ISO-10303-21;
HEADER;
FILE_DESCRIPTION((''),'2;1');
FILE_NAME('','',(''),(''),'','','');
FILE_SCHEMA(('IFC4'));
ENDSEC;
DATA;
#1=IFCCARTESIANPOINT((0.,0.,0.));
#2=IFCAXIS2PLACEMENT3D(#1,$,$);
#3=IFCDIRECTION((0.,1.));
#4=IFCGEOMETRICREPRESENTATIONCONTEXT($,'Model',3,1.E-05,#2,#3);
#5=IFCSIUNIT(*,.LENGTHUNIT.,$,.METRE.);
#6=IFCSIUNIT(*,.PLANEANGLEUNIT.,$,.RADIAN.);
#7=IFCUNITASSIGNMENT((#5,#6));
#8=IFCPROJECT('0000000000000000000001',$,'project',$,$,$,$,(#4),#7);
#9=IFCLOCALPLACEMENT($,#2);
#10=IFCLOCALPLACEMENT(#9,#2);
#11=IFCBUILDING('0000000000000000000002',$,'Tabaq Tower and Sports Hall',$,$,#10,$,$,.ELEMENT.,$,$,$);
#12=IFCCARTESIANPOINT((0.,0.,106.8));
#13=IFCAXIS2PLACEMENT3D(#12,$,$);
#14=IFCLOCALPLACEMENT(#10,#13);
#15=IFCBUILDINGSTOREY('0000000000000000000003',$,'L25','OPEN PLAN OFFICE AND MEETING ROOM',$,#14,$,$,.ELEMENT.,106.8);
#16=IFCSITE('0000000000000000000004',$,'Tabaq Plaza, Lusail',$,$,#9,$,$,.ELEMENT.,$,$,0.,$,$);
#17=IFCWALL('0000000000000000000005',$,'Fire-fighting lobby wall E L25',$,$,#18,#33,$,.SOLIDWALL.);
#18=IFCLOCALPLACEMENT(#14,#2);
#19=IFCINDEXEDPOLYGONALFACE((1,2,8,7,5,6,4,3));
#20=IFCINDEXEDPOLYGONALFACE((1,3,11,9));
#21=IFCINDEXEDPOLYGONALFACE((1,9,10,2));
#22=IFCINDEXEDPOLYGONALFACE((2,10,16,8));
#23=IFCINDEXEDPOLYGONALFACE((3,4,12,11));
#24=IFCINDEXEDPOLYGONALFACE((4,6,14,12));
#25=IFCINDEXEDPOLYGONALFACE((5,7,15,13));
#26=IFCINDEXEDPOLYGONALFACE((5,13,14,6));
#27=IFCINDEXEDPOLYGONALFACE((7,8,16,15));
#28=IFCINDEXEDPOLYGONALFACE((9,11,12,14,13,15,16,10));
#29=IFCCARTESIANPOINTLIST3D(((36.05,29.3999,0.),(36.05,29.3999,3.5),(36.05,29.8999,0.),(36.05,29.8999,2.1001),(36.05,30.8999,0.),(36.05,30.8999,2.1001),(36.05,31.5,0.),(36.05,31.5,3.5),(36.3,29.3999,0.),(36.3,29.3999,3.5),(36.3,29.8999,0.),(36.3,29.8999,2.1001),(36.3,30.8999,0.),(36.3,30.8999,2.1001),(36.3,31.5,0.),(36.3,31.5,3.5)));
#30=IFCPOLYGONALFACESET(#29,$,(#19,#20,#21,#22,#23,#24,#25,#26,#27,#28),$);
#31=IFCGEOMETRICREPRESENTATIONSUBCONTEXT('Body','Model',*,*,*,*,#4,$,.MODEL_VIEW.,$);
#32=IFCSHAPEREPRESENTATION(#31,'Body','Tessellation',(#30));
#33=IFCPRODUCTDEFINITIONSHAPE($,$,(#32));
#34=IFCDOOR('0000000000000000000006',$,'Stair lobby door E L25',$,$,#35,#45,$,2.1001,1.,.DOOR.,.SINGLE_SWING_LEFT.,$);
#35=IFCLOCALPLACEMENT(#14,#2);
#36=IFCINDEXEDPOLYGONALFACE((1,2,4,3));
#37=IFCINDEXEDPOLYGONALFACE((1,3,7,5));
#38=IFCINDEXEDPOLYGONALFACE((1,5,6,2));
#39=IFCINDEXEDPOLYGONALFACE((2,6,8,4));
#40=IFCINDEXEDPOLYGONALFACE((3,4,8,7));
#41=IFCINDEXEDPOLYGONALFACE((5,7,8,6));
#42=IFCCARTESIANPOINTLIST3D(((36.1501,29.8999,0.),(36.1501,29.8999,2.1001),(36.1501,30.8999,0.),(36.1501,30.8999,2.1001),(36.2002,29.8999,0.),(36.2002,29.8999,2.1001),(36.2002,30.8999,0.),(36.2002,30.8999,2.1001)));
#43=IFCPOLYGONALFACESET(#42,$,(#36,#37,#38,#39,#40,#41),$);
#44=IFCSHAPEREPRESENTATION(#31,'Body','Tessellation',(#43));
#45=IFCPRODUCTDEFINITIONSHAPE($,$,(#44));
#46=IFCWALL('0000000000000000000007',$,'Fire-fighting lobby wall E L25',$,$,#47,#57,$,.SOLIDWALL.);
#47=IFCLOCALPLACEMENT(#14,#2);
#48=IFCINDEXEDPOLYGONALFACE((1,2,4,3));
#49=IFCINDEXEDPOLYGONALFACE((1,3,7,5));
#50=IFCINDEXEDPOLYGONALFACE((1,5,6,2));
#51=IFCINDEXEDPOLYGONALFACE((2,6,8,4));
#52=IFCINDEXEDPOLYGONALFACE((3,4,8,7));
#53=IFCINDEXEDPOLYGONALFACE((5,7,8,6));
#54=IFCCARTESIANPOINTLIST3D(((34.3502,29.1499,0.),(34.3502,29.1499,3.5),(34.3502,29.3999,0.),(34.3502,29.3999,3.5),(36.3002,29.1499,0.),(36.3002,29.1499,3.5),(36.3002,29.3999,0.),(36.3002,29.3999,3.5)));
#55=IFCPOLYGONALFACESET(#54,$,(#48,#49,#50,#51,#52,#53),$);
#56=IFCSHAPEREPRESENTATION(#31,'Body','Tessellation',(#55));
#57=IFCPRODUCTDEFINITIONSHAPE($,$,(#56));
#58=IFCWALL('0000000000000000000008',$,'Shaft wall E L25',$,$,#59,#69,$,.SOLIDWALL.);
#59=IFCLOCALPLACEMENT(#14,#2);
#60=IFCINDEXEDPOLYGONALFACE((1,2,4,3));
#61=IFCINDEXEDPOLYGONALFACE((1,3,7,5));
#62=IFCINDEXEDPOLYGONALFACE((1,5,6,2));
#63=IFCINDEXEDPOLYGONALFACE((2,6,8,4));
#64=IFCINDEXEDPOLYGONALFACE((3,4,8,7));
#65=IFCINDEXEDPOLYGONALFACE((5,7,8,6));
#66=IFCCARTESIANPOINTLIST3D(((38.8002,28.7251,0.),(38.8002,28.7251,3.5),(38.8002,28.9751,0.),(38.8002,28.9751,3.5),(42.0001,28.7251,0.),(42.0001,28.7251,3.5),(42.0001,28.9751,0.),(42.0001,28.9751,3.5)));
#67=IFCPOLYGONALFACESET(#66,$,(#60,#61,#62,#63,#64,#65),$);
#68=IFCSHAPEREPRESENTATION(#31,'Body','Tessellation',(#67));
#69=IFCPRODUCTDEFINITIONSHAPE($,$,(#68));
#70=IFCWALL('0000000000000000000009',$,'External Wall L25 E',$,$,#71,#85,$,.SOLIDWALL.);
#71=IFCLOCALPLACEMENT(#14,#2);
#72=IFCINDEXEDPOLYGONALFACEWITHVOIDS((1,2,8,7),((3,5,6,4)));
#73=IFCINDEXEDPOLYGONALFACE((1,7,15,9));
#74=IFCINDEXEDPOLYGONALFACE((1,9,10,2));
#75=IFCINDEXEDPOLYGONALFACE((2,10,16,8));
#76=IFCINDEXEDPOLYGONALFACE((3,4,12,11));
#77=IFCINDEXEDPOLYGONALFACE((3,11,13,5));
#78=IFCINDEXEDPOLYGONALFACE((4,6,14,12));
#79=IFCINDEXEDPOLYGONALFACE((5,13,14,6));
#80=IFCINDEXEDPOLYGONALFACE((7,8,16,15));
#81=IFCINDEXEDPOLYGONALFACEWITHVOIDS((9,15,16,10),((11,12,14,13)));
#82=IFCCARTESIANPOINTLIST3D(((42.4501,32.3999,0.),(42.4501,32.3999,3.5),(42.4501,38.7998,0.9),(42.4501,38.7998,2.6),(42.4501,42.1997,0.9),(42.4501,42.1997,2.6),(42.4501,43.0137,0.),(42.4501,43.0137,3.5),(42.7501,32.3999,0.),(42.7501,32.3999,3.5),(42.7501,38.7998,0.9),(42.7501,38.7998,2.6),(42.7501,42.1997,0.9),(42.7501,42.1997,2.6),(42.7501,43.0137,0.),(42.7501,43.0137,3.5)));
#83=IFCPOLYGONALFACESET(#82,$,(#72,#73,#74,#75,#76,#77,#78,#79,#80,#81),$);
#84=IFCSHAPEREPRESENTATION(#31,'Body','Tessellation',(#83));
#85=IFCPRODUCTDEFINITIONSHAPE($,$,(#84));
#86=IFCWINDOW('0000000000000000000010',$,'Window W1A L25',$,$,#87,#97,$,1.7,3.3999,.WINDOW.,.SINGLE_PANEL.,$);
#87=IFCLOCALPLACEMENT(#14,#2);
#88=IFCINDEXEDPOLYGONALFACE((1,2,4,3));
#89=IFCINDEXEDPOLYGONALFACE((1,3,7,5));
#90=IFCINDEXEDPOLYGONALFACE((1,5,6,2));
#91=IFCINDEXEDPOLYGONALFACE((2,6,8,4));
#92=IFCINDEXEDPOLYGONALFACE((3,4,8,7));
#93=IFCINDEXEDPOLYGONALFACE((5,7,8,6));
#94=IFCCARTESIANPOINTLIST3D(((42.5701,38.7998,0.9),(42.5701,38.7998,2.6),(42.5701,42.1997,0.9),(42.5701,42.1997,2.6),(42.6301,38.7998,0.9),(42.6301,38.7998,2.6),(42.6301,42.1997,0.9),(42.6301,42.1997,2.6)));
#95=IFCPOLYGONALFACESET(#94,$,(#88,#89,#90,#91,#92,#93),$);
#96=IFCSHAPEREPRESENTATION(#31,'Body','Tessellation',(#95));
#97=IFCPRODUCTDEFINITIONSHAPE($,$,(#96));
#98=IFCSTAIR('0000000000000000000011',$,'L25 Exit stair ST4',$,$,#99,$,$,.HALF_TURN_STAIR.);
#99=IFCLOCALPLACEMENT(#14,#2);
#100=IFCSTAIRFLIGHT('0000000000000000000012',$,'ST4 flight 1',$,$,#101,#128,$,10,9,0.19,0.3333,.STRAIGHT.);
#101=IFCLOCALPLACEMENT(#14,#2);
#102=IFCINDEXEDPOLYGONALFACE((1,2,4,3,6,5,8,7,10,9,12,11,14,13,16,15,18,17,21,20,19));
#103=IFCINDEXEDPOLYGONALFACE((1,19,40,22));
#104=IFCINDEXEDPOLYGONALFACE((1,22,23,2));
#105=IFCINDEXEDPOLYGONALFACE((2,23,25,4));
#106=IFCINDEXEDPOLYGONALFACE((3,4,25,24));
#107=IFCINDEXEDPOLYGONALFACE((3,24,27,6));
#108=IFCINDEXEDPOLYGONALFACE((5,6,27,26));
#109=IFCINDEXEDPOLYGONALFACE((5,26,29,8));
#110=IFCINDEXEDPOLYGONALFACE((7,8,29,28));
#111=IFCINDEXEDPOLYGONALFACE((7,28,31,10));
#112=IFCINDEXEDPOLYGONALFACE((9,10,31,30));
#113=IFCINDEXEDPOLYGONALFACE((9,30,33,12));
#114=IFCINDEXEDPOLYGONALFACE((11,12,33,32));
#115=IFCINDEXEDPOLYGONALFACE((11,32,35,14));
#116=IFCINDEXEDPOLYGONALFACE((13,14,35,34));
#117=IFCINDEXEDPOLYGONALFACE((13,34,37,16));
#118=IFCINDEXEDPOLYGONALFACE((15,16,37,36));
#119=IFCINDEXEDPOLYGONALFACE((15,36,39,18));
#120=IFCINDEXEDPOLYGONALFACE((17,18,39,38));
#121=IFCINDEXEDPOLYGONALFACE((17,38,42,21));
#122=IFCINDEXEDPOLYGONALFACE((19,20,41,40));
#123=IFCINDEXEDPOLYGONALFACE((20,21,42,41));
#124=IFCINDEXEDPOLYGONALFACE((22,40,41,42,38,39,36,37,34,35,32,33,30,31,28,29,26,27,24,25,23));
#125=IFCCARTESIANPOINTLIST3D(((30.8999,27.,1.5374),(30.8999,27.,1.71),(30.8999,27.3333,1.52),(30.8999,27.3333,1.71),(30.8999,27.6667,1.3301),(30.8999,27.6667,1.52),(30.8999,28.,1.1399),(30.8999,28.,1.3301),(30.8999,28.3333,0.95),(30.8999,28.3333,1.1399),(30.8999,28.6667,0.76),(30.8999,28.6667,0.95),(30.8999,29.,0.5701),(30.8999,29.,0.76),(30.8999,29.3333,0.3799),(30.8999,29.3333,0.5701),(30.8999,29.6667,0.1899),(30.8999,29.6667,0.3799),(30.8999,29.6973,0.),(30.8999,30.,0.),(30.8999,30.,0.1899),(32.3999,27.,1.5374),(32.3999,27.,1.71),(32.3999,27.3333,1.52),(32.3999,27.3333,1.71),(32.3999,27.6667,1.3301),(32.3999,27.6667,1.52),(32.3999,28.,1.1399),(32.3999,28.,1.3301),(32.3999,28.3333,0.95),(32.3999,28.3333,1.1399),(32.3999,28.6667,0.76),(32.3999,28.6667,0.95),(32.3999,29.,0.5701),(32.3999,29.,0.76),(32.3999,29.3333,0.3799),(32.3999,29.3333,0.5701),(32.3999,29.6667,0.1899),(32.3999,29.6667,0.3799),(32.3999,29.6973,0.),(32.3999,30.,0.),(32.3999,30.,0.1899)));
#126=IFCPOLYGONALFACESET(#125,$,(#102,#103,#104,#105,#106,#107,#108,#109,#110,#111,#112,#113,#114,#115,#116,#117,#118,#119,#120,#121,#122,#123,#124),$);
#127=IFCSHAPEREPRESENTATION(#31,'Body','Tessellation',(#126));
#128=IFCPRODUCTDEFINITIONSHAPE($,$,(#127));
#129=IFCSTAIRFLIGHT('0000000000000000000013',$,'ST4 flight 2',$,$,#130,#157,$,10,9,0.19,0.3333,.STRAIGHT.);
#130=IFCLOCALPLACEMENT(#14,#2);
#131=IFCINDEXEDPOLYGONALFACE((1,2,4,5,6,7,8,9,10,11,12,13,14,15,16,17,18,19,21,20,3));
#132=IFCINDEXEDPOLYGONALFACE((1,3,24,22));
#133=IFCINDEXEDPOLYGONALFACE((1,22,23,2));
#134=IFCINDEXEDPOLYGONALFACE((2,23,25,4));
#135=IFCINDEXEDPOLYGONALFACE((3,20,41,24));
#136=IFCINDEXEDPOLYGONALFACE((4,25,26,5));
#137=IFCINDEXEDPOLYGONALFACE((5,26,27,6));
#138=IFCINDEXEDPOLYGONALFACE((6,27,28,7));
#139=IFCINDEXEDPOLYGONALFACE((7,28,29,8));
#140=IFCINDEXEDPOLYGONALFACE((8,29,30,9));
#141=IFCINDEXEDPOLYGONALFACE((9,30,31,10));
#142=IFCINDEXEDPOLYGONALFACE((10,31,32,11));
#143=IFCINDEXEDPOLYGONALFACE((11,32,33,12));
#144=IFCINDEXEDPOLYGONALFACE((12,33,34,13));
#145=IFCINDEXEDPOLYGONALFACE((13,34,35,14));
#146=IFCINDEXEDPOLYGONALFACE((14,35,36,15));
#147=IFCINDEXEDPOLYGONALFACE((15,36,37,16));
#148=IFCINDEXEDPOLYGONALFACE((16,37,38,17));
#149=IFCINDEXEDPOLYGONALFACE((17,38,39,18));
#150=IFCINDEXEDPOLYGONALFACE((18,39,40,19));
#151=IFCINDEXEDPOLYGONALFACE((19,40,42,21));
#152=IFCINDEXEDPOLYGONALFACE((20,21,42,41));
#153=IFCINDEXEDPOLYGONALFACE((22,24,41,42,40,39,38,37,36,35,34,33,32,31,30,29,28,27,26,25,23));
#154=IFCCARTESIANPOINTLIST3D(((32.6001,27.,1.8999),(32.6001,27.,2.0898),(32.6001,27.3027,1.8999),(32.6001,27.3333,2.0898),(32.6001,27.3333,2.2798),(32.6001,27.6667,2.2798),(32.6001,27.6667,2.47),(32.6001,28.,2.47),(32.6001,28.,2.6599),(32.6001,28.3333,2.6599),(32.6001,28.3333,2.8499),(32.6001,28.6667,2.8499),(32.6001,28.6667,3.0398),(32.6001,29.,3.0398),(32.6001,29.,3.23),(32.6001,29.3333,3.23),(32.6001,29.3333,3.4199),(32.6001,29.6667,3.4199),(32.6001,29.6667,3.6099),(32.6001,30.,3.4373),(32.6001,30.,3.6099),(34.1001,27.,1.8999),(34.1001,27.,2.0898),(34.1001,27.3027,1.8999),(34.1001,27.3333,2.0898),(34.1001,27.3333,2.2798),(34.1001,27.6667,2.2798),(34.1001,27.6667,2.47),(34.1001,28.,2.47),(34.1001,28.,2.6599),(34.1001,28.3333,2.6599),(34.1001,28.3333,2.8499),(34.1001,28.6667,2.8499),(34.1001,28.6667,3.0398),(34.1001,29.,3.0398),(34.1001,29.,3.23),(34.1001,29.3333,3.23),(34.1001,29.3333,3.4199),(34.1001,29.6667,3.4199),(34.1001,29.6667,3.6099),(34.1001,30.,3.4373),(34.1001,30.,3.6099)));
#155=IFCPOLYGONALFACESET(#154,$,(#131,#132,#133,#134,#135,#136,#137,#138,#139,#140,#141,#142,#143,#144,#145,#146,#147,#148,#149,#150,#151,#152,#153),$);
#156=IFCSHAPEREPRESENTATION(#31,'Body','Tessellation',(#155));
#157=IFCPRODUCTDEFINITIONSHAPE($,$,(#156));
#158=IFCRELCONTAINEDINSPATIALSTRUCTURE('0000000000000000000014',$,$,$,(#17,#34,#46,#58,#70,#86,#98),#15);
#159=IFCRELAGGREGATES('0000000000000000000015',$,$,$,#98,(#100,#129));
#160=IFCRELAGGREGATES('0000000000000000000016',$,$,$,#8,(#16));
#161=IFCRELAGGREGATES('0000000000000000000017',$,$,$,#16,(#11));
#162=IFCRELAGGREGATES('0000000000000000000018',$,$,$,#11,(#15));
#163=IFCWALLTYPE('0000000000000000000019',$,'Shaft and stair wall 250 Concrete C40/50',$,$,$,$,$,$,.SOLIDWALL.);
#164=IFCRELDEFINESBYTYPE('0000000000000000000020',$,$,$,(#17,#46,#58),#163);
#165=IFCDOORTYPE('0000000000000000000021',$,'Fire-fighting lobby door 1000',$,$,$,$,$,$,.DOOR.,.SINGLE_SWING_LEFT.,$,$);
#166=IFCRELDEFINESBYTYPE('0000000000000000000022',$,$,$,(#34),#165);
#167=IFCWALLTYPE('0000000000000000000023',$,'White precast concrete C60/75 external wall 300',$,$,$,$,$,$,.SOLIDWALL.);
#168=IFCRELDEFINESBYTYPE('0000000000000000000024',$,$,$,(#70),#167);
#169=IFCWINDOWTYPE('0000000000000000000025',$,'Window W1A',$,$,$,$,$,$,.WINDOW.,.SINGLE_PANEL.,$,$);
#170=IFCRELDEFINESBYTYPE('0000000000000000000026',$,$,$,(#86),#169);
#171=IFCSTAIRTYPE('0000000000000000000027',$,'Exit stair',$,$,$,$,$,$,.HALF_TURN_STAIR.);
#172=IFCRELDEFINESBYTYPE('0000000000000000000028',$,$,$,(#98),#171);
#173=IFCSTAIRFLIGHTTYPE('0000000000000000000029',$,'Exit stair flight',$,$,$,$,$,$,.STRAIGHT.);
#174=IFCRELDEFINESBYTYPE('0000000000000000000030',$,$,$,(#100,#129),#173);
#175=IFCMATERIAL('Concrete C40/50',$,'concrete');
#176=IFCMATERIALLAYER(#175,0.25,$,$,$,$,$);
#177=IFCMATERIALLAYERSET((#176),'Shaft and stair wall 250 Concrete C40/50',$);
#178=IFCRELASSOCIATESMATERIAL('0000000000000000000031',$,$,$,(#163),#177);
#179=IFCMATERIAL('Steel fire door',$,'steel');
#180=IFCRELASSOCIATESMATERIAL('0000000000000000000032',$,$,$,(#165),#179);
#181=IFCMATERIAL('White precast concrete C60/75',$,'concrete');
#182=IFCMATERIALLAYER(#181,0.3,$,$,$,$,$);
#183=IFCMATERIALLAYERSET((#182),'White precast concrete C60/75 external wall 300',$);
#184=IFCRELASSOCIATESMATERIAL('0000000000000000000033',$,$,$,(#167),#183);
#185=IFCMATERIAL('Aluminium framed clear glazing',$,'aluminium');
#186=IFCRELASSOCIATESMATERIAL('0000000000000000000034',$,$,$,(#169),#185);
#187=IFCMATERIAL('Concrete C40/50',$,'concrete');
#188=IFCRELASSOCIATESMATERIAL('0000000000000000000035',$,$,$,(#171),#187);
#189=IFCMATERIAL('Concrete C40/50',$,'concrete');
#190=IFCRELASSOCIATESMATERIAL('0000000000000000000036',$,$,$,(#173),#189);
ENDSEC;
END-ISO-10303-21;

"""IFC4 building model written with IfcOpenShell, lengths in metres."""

from ifc_helpers import new_model, si_unit, direction, frame, frame_2d, origin, place, context, subcontext, project, spatial, polyline, rectangle, outline, extrude, material, layer, layer_set, type_object, element, fill, aggregate, save


model = new_model("IFC4")

# Units and contexts
model_context = context("Model", 3, precision=1e-05, world=origin(), true_north=direction((0.0, 1.0)))
body_context = subcontext(model_context, "Body", "Model", "MODEL_VIEW")
ifc_project = project(units=[si_unit("LENGTHUNIT", "METRE"), si_unit("PLANEANGLEUNIT", "RADIAN")], contexts=[model_context])

# Site, building, storey
site_placement = place(None, origin())
site = spatial("IfcSite", under=ifc_project, at=site_placement, Name="Tabaq Plaza, Lusail", CompositionType="ELEMENT", RefElevation=0.0)
building_placement = place(site_placement, origin())
building = spatial("IfcBuilding", under=site, at=building_placement, Name="Tabaq Tower and Sports Hall", CompositionType="ELEMENT")
storey_placement = place(building_placement, frame((0.0, 0.0, 106.8)))
storey = spatial("IfcBuildingStorey", under=building, at=storey_placement, Name="L25", Description="OPEN PLAN OFFICE AND MEETING ROOM", CompositionType="ELEMENT", Elevation=106.8)

# Shared definitions
ifc_material_1 = material(Name="Concrete C40/50", Category="concrete")
ifc_layer_1 = layer(ifc_material_1, 0.25)
ifc_layer_set_1 = layer_set([ifc_layer_1], Name="Shaft and stair wall 250 Concrete C40/50")
wall_type_1 = type_object("IfcWallType", Name="Shaft and stair wall 250 Concrete C40/50", PredefinedType="SOLIDWALL", material=ifc_layer_set_1)

# Wall, opening, door
wall_1_placement = place(storey_placement, frame((36.175, 29.3999, 0.0), z_axis=(0.0, 0.0, 1.0), x_axis=(0.0, 1.0, 0.0)))
wall_1 = element("IfcWall", 1, at=wall_1_placement, inside=storey, type_object=wall_type_1, Name="Fire-fighting lobby wall E L25", PredefinedType="SOLIDWALL", context=body_context, shape_type="SweptSolid", body=[
    extrude(rectangle(XDim=2.1001, YDim=0.25, at=frame_2d((1.05, 0.0))), origin(), (0.0, 0.0, 1.0), 3.5),
])
opening_1_placement = place(wall_1_placement, frame((0.5, 0.0, 0.0)))
opening_1 = element("IfcOpeningElement", 2, at=opening_1_placement, cuts=wall_1, PredefinedType="OPENING", context=body_context, shape_type="SweptSolid", body=[
    extrude(rectangle(XDim=1.0, YDim=2.1001, at=frame_2d((0.5, 1.05))), frame((0.0, 0.125, 0.0), z_axis=(0.0, -1.0, 0.0), x_axis=(1.0, 0.0, 0.0)), (0.0, 0.0, 1.0), 0.25),
])
ifc_material_2 = material(Name="Steel fire door", Category="steel")
door_type_1 = type_object("IfcDoorType", Name="Fire-fighting lobby door 1000", OperationType="SINGLE_SWING_LEFT", PredefinedType="DOOR", material=ifc_material_2)
door_1_placement = place(opening_1_placement, origin())
door_1 = element("IfcDoor", 3, at=door_1_placement, inside=storey, type_object=door_type_1, Name="Stair lobby door E L25", OperationType="SINGLE_SWING_LEFT", OverallHeight=2.1001, OverallWidth=1.0, PredefinedType="DOOR", context=body_context, shape_type="SweptSolid", body=[
    extrude(rectangle(XDim=1.0, YDim=2.1001, at=frame_2d((0.5, 1.05))), frame((0.0, 0.0249, 0.0), z_axis=(0.0, -1.0, 0.0), x_axis=(1.0, 0.0, 0.0)), (0.0, 0.0, 1.0), 0.05),
])
fill(opening_1, door_1)

# Walls
wall_2_placement = place(storey_placement, frame((34.3501, 29.2749, 0.0), z_axis=(0.0, 0.0, 1.0), x_axis=(1.0, 0.0, 0.0)))
element("IfcWall", 4, at=wall_2_placement, inside=storey, type_object=wall_type_1, Name="Fire-fighting lobby wall E L25", PredefinedType="SOLIDWALL", context=body_context, shape_type="SweptSolid", body=[
    extrude(rectangle(XDim=1.95, YDim=0.25, at=frame_2d((0.9751, 0.0))), origin(), (0.0, 0.0, 1.0), 3.5),
])
wall_3_placement = place(storey_placement, frame((38.8, 28.8501, 0.0), z_axis=(0.0, 0.0, 1.0), x_axis=(1.0, 0.0, 0.0)))
element("IfcWall", 5, at=wall_3_placement, inside=storey, type_object=wall_type_1, Name="Shaft wall E L25", PredefinedType="SOLIDWALL", context=body_context, shape_type="SweptSolid", body=[
    extrude(rectangle(XDim=3.2, YDim=0.25, at=frame_2d((1.6001, 0.0))), origin(), (0.0, 0.0, 1.0), 3.5),
])

# Wall, opening, window
ifc_material_3 = material(Name="White precast concrete C60/75", Category="concrete")
ifc_layer_2 = layer(ifc_material_3, 0.3)
ifc_layer_set_2 = layer_set([ifc_layer_2], Name="White precast concrete C60/75 external wall 300")
wall_type_2 = type_object("IfcWallType", Name="White precast concrete C60/75 external wall 300", PredefinedType="SOLIDWALL", material=ifc_layer_set_2)
wall_4_placement = place(storey_placement, frame((42.6001, 32.3999, 0.0), z_axis=(0.0, 0.0, 1.0), x_axis=(0.0, 1.0, 0.0)))
wall_4 = element("IfcWall", 6, at=wall_4_placement, inside=storey, type_object=wall_type_2, Name="External Wall L25 E", PredefinedType="SOLIDWALL", context=body_context, shape_type="SweptSolid", body=[
    extrude(rectangle(XDim=10.6138, YDim=0.3, at=frame_2d((5.3069, 0.0))), origin(), (0.0, 0.0, 1.0), 3.5),
])
opening_2_placement = place(wall_4_placement, frame((6.3999, 0.0, 0.8999)))
opening_2 = element("IfcOpeningElement", 7, at=opening_2_placement, cuts=wall_4, PredefinedType="OPENING", context=body_context, shape_type="SweptSolid", body=[
    extrude(rectangle(XDim=3.3999, YDim=1.7, at=frame_2d((1.7, 0.8501))), frame((0.0, 0.1602, 0.0), z_axis=(0.0, -1.0, 0.0), x_axis=(1.0, 0.0, 0.0)), (0.0, 0.0, 1.0), 0.3201),
])
ifc_material_4 = material(Name="Aluminium framed clear glazing", Category="aluminium")
window_type = type_object("IfcWindowType", Name="Window W1A", PartitioningType="SINGLE_PANEL", PredefinedType="WINDOW", material=ifc_material_4)
window_placement = place(opening_2_placement, origin())
window = element("IfcWindow", 8, at=window_placement, inside=storey, type_object=window_type, Name="Window W1A L25", OverallHeight=1.7, OverallWidth=3.3999, PartitioningType="SINGLE_PANEL", PredefinedType="WINDOW", context=body_context, shape_type="SweptSolid", body=[
    extrude(rectangle(XDim=3.3999, YDim=1.7, at=frame_2d((1.7, 0.8501))), frame((0.0, 0.03, 0.0), z_axis=(0.0, -1.0, 0.0), x_axis=(1.0, 0.0, 0.0)), (0.0, 0.0, 1.0), 0.0601),
])
fill(opening_2, window)

# Stair, stair flights
ifc_material_5 = material(Name="Concrete C40/50", Category="concrete")
stair_type = type_object("IfcStairType", Name="Exit stair", PredefinedType="HALF_TURN_STAIR", material=ifc_material_5)
stair_placement = place(storey_placement, origin())
stair = element("IfcStair", 9, at=stair_placement, inside=storey, type_object=stair_type, Name="L25 Exit stair ST4", PredefinedType="HALF_TURN_STAIR")
ifc_material_6 = material(Name="Concrete C40/50", Category="concrete")
stair_flight_type = type_object("IfcStairFlightType", Name="Exit stair flight", PredefinedType="STRAIGHT", material=ifc_material_6)
stair_flight_1_placement = place(storey_placement, frame((31.6499, 30.0, 0.0), z_axis=(0.0, 0.0, 1.0), x_axis=(0.0, -1.0, 0.0)))
stair_flight_1 = element("IfcStairFlight", 10, at=stair_flight_1_placement, type_object=stair_flight_type, Name="ST4 flight 1", NumberOfRisers=10, NumberOfTreads=9, PredefinedType="STRAIGHT", RiserHeight=0.19, TreadLength=0.3333, context=body_context, shape_type="SweptSolid", body=[
    extrude(outline(polyline([(0.0, 0.0), (0.0, 0.1899), (0.3333, 0.1899), (0.3333, 0.3799), (0.6667, 0.3799), (0.6667, 0.5701), (1.0, 0.5701), (1.0, 0.76), (1.3333, 0.76), (1.3333, 0.95), (1.6667, 0.95), (1.6667, 1.1399), (2.0, 1.1399), (2.0, 1.3301), (2.3333, 1.3301), (2.3333, 1.52), (2.6667, 1.52), (2.6667, 1.71), (3.0, 1.71), (3.0, 1.8999), (3.0, 1.5374), (0.3027, 0.0), (0.0, 0.0)])), frame((0.0, 0.75, 0.0), z_axis=(0.0, -1.0, 0.0), x_axis=(1.0, 0.0, 0.0)), (0.0, 0.0, 1.0), 1.5),
])
stair_flight_2_placement = place(storey_placement, frame((33.3501, 27.0, 1.8999), z_axis=(0.0, 0.0, 1.0), x_axis=(0.0, 1.0, 0.0)))
stair_flight_2 = element("IfcStairFlight", 11, at=stair_flight_2_placement, type_object=stair_flight_type, Name="ST4 flight 2", NumberOfRisers=10, NumberOfTreads=9, PredefinedType="STRAIGHT", RiserHeight=0.19, TreadLength=0.3333, context=body_context, shape_type="SweptSolid", body=[
    extrude(outline(polyline([(0.0, 0.0), (0.0, 0.1899), (0.3333, 0.1899), (0.3333, 0.3799), (0.6667, 0.3799), (0.6667, 0.5701), (1.0, 0.5701), (1.0, 0.76), (1.3333, 0.76), (1.3333, 0.95), (1.6667, 0.95), (1.6667, 1.1399), (2.0, 1.1399), (2.0, 1.3301), (2.3333, 1.3301), (2.3333, 1.52), (2.6667, 1.52), (2.6667, 1.71), (3.0, 1.71), (3.0, 1.8999), (3.0, 1.5374), (0.3027, 0.0), (0.0, 0.0)])), frame((0.0, 0.75, 0.0), z_axis=(0.0, -1.0, 0.0), x_axis=(1.0, 0.0, 0.0)), (0.0, 0.0, 1.0), 1.5),
])
aggregate(stair, [stair_flight_1, stair_flight_2])

save(model, "model.ifc")
